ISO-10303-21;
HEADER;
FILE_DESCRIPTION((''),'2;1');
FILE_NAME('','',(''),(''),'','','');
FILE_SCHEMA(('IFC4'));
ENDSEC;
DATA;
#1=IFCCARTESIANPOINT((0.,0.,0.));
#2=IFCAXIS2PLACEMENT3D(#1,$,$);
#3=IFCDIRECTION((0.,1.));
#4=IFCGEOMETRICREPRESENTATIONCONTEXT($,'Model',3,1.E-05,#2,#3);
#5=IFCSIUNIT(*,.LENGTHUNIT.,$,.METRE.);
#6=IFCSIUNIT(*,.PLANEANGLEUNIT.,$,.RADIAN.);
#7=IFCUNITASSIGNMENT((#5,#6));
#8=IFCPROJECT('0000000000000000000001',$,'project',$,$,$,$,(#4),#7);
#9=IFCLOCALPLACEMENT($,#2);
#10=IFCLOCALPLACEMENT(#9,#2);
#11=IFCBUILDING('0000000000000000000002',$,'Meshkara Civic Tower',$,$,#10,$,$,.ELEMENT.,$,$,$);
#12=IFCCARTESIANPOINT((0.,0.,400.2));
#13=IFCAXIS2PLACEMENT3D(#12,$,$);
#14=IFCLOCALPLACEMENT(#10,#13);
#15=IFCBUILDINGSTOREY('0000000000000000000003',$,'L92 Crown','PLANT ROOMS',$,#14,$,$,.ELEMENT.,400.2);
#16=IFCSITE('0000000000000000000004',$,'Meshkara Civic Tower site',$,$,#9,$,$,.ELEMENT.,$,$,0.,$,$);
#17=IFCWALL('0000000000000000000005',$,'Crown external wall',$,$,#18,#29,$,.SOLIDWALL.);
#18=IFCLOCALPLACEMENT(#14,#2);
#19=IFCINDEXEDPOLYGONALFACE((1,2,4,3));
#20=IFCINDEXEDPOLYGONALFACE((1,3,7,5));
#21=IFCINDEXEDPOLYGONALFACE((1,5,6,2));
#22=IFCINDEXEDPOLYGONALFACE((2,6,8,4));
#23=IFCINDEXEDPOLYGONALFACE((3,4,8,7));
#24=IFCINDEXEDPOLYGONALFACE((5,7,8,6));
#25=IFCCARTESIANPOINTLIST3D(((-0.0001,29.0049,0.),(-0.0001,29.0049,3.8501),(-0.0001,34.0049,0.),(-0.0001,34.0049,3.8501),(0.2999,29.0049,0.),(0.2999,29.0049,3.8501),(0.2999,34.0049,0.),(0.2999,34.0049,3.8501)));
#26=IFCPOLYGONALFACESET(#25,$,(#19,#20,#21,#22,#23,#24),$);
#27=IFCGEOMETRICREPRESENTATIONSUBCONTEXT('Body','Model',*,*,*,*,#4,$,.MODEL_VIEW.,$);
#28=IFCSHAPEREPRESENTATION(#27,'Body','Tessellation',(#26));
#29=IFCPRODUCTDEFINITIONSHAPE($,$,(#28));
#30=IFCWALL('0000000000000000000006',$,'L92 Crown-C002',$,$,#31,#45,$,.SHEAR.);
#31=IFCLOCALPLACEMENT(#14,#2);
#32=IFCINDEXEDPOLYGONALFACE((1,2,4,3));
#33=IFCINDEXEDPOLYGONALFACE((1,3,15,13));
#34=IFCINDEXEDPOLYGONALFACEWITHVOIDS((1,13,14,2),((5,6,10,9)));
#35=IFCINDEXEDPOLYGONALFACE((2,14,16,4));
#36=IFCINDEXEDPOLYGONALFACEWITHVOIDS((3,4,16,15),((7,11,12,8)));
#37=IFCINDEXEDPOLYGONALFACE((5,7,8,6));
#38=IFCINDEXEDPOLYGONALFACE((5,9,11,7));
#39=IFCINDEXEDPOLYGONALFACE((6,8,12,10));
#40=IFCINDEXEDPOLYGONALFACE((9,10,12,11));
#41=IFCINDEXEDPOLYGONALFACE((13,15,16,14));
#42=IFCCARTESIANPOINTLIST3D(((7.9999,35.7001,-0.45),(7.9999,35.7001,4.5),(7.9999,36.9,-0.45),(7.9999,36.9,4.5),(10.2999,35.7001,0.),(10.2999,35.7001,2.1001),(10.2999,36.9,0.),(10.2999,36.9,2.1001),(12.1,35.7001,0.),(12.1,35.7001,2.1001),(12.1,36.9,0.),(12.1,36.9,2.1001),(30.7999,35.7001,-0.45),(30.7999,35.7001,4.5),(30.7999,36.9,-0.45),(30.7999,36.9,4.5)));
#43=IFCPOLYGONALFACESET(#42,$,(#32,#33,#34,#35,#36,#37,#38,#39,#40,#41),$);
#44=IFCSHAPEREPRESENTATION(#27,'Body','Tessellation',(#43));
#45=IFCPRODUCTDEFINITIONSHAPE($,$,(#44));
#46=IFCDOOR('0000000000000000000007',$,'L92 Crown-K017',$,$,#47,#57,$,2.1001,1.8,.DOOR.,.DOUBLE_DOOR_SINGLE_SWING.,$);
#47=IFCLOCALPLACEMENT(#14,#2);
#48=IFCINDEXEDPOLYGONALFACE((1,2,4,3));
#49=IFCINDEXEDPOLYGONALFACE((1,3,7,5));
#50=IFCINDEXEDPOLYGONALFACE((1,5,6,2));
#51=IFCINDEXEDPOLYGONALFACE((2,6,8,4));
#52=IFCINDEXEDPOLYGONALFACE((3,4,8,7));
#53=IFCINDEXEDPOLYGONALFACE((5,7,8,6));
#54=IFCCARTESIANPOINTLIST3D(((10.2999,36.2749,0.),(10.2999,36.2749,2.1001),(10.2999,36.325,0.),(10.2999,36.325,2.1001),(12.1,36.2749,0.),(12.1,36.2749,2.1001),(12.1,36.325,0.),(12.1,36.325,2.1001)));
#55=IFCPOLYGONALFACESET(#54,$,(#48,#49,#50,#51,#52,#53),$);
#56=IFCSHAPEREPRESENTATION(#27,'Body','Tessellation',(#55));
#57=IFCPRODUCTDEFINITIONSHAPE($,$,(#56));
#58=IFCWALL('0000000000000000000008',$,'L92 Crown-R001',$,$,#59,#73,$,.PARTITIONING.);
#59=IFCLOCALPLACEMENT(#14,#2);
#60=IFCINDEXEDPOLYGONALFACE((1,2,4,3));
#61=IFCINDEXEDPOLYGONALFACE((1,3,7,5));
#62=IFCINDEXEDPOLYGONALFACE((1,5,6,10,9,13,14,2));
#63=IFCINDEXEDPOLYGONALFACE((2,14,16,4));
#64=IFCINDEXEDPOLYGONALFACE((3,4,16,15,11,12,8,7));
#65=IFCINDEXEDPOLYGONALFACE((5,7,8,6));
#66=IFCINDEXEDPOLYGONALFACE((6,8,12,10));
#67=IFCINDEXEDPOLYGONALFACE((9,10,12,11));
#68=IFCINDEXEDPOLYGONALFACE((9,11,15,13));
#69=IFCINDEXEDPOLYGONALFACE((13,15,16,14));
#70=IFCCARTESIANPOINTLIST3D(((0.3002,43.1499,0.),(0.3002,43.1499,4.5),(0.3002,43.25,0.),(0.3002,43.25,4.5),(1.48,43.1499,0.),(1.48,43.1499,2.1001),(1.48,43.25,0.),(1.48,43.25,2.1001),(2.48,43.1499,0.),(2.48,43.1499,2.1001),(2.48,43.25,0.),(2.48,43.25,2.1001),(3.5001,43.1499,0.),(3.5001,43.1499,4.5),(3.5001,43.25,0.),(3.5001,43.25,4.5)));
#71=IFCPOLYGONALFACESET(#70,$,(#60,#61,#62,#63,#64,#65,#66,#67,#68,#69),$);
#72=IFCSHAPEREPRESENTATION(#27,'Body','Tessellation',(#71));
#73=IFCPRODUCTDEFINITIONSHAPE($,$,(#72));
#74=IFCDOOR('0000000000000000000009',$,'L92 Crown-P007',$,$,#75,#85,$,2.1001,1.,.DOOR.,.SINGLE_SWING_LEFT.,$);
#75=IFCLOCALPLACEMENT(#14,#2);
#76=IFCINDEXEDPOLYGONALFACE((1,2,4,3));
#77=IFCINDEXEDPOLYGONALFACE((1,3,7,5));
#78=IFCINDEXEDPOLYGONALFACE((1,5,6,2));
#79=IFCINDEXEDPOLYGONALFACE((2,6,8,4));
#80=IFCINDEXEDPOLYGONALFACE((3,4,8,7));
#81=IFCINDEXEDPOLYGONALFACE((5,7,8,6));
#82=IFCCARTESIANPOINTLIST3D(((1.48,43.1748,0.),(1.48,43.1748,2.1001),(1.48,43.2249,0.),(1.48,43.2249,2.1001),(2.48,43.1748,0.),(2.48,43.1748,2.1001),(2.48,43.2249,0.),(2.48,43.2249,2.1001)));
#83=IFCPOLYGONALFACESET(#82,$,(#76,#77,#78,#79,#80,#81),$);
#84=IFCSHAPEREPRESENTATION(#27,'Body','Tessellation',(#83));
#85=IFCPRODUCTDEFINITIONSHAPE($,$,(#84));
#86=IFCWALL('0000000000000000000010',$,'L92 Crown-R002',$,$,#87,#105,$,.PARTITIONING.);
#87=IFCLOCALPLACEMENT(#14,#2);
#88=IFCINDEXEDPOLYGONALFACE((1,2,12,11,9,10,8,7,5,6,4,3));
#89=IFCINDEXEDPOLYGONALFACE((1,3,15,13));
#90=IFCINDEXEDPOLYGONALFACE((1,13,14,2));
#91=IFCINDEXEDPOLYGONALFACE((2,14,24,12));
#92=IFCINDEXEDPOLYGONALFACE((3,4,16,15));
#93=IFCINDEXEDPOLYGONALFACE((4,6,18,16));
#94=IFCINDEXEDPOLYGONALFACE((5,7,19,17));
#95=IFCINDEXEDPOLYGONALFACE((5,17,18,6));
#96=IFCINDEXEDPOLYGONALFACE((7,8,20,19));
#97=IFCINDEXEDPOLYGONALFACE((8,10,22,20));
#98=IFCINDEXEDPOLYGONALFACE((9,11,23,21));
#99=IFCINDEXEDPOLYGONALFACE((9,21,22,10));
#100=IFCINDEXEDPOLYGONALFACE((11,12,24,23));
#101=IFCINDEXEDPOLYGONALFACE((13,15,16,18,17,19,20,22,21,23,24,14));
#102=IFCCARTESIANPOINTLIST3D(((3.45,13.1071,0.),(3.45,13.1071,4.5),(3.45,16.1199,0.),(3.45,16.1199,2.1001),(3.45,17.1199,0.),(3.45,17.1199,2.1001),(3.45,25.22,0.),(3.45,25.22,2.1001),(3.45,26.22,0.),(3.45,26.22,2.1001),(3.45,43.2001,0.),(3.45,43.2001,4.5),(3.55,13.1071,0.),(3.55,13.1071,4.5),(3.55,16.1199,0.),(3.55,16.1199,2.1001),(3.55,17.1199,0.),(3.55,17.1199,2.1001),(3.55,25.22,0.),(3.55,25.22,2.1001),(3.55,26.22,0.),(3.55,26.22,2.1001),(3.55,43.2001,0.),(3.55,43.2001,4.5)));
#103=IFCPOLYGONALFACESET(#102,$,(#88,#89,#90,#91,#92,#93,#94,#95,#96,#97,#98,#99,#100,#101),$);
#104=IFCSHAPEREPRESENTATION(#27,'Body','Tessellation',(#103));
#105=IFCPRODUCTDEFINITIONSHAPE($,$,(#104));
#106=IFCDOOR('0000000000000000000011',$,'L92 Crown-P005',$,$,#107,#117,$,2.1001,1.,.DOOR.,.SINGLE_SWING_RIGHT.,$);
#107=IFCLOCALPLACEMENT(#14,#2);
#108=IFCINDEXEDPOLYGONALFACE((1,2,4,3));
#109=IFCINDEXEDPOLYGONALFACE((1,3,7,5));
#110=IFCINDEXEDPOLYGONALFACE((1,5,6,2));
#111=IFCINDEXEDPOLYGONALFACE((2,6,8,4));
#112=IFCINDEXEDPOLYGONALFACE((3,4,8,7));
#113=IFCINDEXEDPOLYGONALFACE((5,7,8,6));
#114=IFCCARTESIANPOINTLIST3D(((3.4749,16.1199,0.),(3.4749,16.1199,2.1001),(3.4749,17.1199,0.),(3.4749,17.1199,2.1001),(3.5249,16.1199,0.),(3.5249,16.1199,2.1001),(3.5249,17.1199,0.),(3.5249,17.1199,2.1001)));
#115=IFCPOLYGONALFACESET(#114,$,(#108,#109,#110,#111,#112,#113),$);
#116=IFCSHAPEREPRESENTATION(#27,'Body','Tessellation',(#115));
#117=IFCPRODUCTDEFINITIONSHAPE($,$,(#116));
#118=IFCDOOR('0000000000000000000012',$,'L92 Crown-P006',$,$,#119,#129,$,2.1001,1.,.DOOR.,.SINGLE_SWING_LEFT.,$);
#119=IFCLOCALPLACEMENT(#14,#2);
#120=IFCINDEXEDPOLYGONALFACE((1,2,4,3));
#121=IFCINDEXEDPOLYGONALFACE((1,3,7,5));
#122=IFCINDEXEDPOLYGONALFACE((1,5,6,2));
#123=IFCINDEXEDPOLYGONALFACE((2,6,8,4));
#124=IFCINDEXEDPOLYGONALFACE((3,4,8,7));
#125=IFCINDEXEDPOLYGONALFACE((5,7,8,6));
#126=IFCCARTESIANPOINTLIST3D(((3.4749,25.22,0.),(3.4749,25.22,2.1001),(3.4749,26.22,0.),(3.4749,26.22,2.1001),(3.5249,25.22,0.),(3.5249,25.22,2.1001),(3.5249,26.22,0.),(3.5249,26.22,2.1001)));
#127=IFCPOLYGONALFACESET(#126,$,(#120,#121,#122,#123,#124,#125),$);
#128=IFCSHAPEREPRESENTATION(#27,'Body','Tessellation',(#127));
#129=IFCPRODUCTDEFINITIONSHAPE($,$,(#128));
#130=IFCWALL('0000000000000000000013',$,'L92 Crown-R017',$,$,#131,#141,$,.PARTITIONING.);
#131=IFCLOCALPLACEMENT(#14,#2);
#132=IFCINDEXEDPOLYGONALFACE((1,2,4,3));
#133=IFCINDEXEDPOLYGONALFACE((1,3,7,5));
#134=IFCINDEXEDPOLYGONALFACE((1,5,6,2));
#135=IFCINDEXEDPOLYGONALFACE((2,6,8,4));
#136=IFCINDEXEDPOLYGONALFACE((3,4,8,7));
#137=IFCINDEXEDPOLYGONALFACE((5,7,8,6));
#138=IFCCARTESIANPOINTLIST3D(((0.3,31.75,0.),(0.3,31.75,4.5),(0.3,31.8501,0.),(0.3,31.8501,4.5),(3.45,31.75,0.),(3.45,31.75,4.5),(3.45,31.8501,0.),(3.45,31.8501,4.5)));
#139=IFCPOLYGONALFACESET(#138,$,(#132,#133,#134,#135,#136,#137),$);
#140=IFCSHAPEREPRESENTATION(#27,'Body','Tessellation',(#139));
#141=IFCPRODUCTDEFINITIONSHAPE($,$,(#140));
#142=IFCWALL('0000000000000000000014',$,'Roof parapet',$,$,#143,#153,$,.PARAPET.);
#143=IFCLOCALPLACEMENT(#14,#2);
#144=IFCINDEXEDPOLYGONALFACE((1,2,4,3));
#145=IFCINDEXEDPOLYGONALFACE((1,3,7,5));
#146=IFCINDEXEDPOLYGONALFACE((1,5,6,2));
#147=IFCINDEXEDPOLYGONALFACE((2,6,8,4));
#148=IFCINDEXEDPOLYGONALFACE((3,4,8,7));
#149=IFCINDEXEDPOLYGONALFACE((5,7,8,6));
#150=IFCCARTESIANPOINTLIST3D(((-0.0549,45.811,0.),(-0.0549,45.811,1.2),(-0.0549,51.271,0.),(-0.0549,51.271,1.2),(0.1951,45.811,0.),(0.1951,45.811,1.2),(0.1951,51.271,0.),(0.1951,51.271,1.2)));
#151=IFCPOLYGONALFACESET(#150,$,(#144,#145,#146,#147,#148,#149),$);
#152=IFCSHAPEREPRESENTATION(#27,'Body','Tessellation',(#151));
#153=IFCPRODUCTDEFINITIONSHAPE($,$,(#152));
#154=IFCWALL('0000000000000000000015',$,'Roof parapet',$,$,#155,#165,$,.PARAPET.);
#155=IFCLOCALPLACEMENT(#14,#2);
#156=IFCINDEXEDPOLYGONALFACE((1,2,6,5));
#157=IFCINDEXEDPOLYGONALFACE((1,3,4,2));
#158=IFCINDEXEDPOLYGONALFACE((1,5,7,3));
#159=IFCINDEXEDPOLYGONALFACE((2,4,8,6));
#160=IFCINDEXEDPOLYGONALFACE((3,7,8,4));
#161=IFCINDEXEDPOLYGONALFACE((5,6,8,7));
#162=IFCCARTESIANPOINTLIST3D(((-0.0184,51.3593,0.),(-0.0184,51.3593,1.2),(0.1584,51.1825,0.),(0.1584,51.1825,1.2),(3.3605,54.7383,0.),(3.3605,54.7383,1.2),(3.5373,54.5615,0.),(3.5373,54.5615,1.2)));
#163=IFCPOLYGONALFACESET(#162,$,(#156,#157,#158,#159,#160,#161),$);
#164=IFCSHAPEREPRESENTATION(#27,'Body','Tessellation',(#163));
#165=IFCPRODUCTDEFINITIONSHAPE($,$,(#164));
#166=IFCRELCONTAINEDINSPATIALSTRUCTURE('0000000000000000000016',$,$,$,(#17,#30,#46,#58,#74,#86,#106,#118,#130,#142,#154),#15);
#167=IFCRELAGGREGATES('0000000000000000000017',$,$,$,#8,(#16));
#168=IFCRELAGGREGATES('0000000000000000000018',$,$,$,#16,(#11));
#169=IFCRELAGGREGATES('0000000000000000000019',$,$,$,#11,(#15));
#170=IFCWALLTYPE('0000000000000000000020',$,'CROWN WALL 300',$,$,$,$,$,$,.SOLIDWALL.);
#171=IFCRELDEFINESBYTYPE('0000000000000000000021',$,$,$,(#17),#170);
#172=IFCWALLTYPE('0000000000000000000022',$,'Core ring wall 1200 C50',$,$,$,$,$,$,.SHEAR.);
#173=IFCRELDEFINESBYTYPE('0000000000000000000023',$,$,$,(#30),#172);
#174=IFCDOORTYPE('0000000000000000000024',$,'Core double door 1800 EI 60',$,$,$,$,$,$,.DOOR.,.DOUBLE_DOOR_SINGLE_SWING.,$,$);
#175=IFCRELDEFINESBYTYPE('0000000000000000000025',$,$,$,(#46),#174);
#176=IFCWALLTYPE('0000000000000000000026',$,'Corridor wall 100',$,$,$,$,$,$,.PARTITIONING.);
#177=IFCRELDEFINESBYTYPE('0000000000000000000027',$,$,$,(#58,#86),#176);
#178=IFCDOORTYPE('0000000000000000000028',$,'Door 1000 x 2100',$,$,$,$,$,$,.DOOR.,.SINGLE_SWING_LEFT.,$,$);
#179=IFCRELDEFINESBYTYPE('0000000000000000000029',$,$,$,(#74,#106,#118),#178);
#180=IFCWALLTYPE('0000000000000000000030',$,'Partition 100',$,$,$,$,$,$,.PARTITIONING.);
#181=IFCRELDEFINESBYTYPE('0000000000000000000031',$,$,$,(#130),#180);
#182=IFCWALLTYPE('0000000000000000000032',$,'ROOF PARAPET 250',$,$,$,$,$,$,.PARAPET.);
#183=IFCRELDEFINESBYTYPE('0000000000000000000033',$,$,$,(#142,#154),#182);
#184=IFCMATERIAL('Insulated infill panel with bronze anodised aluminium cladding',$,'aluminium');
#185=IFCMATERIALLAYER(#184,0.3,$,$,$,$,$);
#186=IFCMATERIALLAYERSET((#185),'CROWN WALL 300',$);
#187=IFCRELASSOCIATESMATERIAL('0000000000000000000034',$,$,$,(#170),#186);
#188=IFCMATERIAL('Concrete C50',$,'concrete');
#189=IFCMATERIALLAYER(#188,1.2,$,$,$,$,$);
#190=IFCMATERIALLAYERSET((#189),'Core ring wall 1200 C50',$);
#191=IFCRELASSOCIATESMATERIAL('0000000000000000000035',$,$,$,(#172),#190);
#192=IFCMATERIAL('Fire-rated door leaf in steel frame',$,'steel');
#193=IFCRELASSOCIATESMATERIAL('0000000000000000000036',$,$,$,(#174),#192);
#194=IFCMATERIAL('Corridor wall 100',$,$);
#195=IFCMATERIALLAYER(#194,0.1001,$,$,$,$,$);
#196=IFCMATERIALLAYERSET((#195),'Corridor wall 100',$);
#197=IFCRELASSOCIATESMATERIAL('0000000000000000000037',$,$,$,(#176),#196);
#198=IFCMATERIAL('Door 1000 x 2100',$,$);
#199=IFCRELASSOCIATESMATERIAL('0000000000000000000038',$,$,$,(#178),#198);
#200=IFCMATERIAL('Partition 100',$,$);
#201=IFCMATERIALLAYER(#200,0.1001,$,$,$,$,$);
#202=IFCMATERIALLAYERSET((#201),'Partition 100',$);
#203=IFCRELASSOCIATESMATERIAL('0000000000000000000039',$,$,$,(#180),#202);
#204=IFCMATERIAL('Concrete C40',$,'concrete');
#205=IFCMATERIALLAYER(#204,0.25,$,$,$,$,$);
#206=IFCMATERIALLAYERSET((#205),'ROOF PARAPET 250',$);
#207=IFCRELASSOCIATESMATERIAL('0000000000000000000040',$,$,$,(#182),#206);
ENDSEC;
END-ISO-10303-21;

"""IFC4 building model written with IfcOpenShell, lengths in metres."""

from ifc_helpers import new_model, si_unit, direction, frame, frame_2d, origin, place, context, subcontext, project, spatial, rectangle, extrude, material, layer, layer_set, type_object, element, fill, save


model = new_model("IFC4")

# Units and contexts
model_context = context("Model", 3, precision=1e-05, world=origin(), true_north=direction((0.0, 1.0)))
body_context = subcontext(model_context, "Body", "Model", "MODEL_VIEW")
ifc_project = project(units=[si_unit("LENGTHUNIT", "METRE"), si_unit("PLANEANGLEUNIT", "RADIAN")], contexts=[model_context])

# Site, building, storey
site_placement = place(None, origin())
site = spatial("IfcSite", under=ifc_project, at=site_placement, Name="Meshkara Civic Tower site", CompositionType="ELEMENT", RefElevation=0.0)
building_placement = place(site_placement, origin())
building = spatial("IfcBuilding", under=site, at=building_placement, Name="Meshkara Civic Tower", CompositionType="ELEMENT")
storey_placement = place(building_placement, frame((0.0, 0.0, 400.2)))
storey = spatial("IfcBuildingStorey", under=building, at=storey_placement, Name="L92 Crown", Description="PLANT ROOMS", CompositionType="ELEMENT", Elevation=400.2)

# Shared definitions
ifc_material_1 = material(Name="Insulated infill panel with bronze anodised aluminium cladding", Category="aluminium")
ifc_layer_1 = layer(ifc_material_1, 0.3)
ifc_layer_set_1 = layer_set([ifc_layer_1], Name="CROWN WALL 300")
wall_type_1 = type_object("IfcWallType", Name="CROWN WALL 300", PredefinedType="SOLIDWALL", material=ifc_layer_set_1)

# Wall
for number, where, z_axis, x_axis, name in (
    (1, (0.1499, 34.0049, 0.0), (0.0, 0.0, 1.0), (0.0, -1.0, 0.0), "Crown external wall"),
):
    element("IfcWall", number, at=place(storey_placement, frame(where, z_axis=z_axis, x_axis=x_axis)), inside=storey, type_object=wall_type_1, Name=name, PredefinedType="SOLIDWALL", context=body_context, shape_type="SweptSolid", body=[
        extrude(rectangle(XDim=5.0, YDim=0.3, at=frame_2d((2.5, 0.0))), origin(), (0.0, 0.0, 1.0), 3.8501),
    ])

# Walls, openings, doors
ifc_material_2 = material(Name="Concrete C50", Category="concrete")
ifc_layer_2 = layer(ifc_material_2, 1.2)
ifc_layer_set_2 = layer_set([ifc_layer_2], Name="Core ring wall 1200 C50")
wall_type_2 = type_object("IfcWallType", Name="Core ring wall 1200 C50", PredefinedType="SHEAR", material=ifc_layer_set_2)
wall_1_placement = place(storey_placement, frame((8.0, 36.3, -0.45), z_axis=(0.0, 0.0, 1.0), x_axis=(1.0, 0.0, 0.0)))
wall_1 = element("IfcWall", 2, at=wall_1_placement, inside=storey, type_object=wall_type_2, Name="L92 Crown-C002", PredefinedType="SHEAR", context=body_context, shape_type="SweptSolid", body=[
    extrude(rectangle(XDim=22.8, YDim=1.2, at=frame_2d((11.3999, 0.0))), origin(), (0.0, 0.0, 1.0), 4.95),
])
opening_1_placement = place(wall_1_placement, frame((2.3, 0.0, 0.45)))
opening_1 = element("IfcOpeningElement", 3, at=opening_1_placement, cuts=wall_1, PredefinedType="OPENING", context=body_context, shape_type="SweptSolid", body=[
    extrude(rectangle(XDim=1.8, YDim=2.1001, at=frame_2d((0.8999, 1.05))), frame((0.0, 0.6099, 0.0), z_axis=(0.0, -1.0, 0.0), x_axis=(1.0, 0.0, 0.0)), (0.0, 0.0, 1.0), 1.22),
])
ifc_material_3 = material(Name="Fire-rated door leaf in steel frame", Category="steel")
door_type_1 = type_object("IfcDoorType", Name="Core double door 1800 EI 60", OperationType="DOUBLE_DOOR_SINGLE_SWING", PredefinedType="DOOR", material=ifc_material_3)
door_1_placement = place(opening_1_placement, origin())
door_1 = element("IfcDoor", 4, at=door_1_placement, inside=storey, type_object=door_type_1, Name="L92 Crown-K017", OperationType="DOUBLE_DOOR_SINGLE_SWING", OverallHeight=2.1001, OverallWidth=1.8, PredefinedType="DOOR", context=body_context, shape_type="SweptSolid", body=[
    extrude(rectangle(XDim=1.8, YDim=2.1001, at=frame_2d((0.8999, 1.05))), frame((0.0, 0.0249, 0.0), z_axis=(0.0, -1.0, 0.0), x_axis=(1.0, 0.0, 0.0)), (0.0, 0.0, 1.0), 0.05),
])
fill(opening_1, door_1)
ifc_material_4 = material(Name="Corridor wall 100")
ifc_layer_3 = layer(ifc_material_4, 0.1001)
ifc_layer_set_3 = layer_set([ifc_layer_3], Name="Corridor wall 100")
wall_type_3 = type_object("IfcWallType", Name="Corridor wall 100", PredefinedType="PARTITIONING", material=ifc_layer_set_3)
wall_2_placement = place(storey_placement, frame((0.3, 43.2, 0.0), z_axis=(0.0, 0.0, 1.0), x_axis=(1.0, 0.0, 0.0)))
wall_2 = element("IfcWall", 5, at=wall_2_placement, inside=storey, type_object=wall_type_3, Name="L92 Crown-R001", PredefinedType="PARTITIONING", context=body_context, shape_type="SweptSolid", body=[
    extrude(rectangle(XDim=3.2, YDim=0.1001, at=frame_2d((1.6001, 0.0))), origin(), (0.0, 0.0, 1.0), 4.5),
])
opening_2_placement = place(wall_2_placement, frame((1.1799, 0.0, 0.0)))
opening_2 = element("IfcOpeningElement", 6, at=opening_2_placement, cuts=wall_2, PredefinedType="OPENING", context=body_context, shape_type="SweptSolid", body=[
    extrude(rectangle(XDim=1.0, YDim=2.1001, at=frame_2d((0.5, 1.05))), frame((0.0, 0.0601, 0.0), z_axis=(0.0, -1.0, 0.0), x_axis=(1.0, 0.0, 0.0)), (0.0, 0.0, 1.0), 0.1201),
])
ifc_material_5 = material(Name="Door 1000 x 2100")
door_type_2 = type_object("IfcDoorType", Name="Door 1000 x 2100", OperationType="SINGLE_SWING_LEFT", PredefinedType="DOOR", material=ifc_material_5)
door_2_placement = place(opening_2_placement, origin())
door_2 = element("IfcDoor", 7, at=door_2_placement, inside=storey, type_object=door_type_2, Name="L92 Crown-P007", OperationType="SINGLE_SWING_LEFT", OverallHeight=2.1001, OverallWidth=1.0, PredefinedType="DOOR", context=body_context, shape_type="SweptSolid", body=[
    extrude(rectangle(XDim=1.0, YDim=2.1001, at=frame_2d((0.5, 1.05))), frame((0.0, 0.0249, 0.0), z_axis=(0.0, -1.0, 0.0), x_axis=(1.0, 0.0, 0.0)), (0.0, 0.0, 1.0), 0.05),
])
fill(opening_2, door_2)

# Wall, openings, doors
wall_3_placement = place(storey_placement, frame((3.5, 43.2, 0.0), z_axis=(0.0, 0.0, 1.0), x_axis=(0.0, -1.0, 0.0)))
wall_3 = element("IfcWall", 8, at=wall_3_placement, inside=storey, type_object=wall_type_3, Name="L92 Crown-R002", PredefinedType="PARTITIONING", context=body_context, shape_type="SweptSolid", body=[
    extrude(rectangle(XDim=30.093, YDim=0.1001, at=frame_2d((15.0464, 0.0))), origin(), (0.0, 0.0, 1.0), 4.5),
])
opening_3_placement = place(wall_3_placement, frame((26.0801, 0.0, 0.0)))
opening_3 = element("IfcOpeningElement", 9, at=opening_3_placement, cuts=wall_3, PredefinedType="OPENING", context=body_context, shape_type="SweptSolid", body=[
    extrude(rectangle(XDim=1.0, YDim=2.1001, at=frame_2d((0.5, 1.05))), frame((0.0, 0.0601, 0.0), z_axis=(0.0, -1.0, 0.0), x_axis=(1.0, 0.0, 0.0)), (0.0, 0.0, 1.0), 0.1201),
])
opening_4_placement = place(wall_3_placement, frame((16.98, 0.0, 0.0)))
opening_4 = element("IfcOpeningElement", 10, at=opening_4_placement, cuts=wall_3, PredefinedType="OPENING", context=body_context, shape_type="SweptSolid", body=[
    extrude(rectangle(XDim=1.0, YDim=2.1001, at=frame_2d((0.5, 1.05))), frame((0.0, 0.0601, 0.0), z_axis=(0.0, -1.0, 0.0), x_axis=(1.0, 0.0, 0.0)), (0.0, 0.0, 1.0), 0.1201),
])
door_3_placement = place(opening_3_placement, origin())
door_3 = element("IfcDoor", 11, at=door_3_placement, inside=storey, type_object=door_type_2, Name="L92 Crown-P005", OperationType="SINGLE_SWING_RIGHT", OverallHeight=2.1001, OverallWidth=1.0, PredefinedType="DOOR", context=body_context, shape_type="SweptSolid", body=[
    extrude(rectangle(XDim=1.0, YDim=2.1001, at=frame_2d((0.5, 1.05))), frame((0.0, 0.0249, 0.0), z_axis=(0.0, -1.0, 0.0), x_axis=(1.0, 0.0, 0.0)), (0.0, 0.0, 1.0), 0.05),
])
fill(opening_3, door_3)
door_4_placement = place(opening_4_placement, origin())
door_4 = element("IfcDoor", 12, at=door_4_placement, inside=storey, type_object=door_type_2, Name="L92 Crown-P006", OperationType="SINGLE_SWING_LEFT", OverallHeight=2.1001, OverallWidth=1.0, PredefinedType="DOOR", context=body_context, shape_type="SweptSolid", body=[
    extrude(rectangle(XDim=1.0, YDim=2.1001, at=frame_2d((0.5, 1.05))), frame((0.0, 0.0249, 0.0), z_axis=(0.0, -1.0, 0.0), x_axis=(1.0, 0.0, 0.0)), (0.0, 0.0, 1.0), 0.05),
])
fill(opening_4, door_4)

# Walls
ifc_material_6 = material(Name="Partition 100")
ifc_layer_4 = layer(ifc_material_6, 0.1001)
ifc_layer_set_4 = layer_set([ifc_layer_4], Name="Partition 100")
wall_type_4 = type_object("IfcWallType", Name="Partition 100", PredefinedType="PARTITIONING", material=ifc_layer_set_4)
wall_4_placement = place(storey_placement, frame((3.45, 31.8, 0.0), z_axis=(0.0, 0.0, 1.0), x_axis=(-1.0, 0.0, 0.0)))
element("IfcWall", 13, at=wall_4_placement, inside=storey, type_object=wall_type_4, Name="L92 Crown-R017", PredefinedType="PARTITIONING", context=body_context, shape_type="SweptSolid", body=[
    extrude(rectangle(XDim=3.1499, YDim=0.1001, at=frame_2d((1.575, 0.0))), origin(), (0.0, 0.0, 1.0), 4.5),
])
ifc_material_7 = material(Name="Concrete C40", Category="concrete")
ifc_layer_5 = layer(ifc_material_7, 0.25)
ifc_layer_set_5 = layer_set([ifc_layer_5], Name="ROOF PARAPET 250")
wall_type_5 = type_object("IfcWallType", Name="ROOF PARAPET 250", PredefinedType="PARAPET", material=ifc_layer_set_5)
wall_5_placement = place(storey_placement, frame((0.0701, 45.811, 0.0), z_axis=(0.0, 0.0, 1.0), x_axis=(0.0, 1.0, 0.0)))
element("IfcWall", 14, at=wall_5_placement, inside=storey, type_object=wall_type_5, Name="Roof parapet", PredefinedType="PARAPET", context=body_context, shape_type="SweptSolid", body=[
    extrude(rectangle(XDim=5.46, YDim=0.25, at=frame_2d((2.73, 0.0))), origin(), (0.0, 0.0, 1.0), 1.2),
])
wall_6_placement = place(storey_placement, frame((0.0701, 51.271, 0.0), z_axis=(0.0, 0.0, 1.0), x_axis=(0.707107, 0.707107, 0.0)))
element("IfcWall", 15, at=wall_6_placement, inside=storey, type_object=wall_type_5, Name="Roof parapet", PredefinedType="PARAPET", context=body_context, shape_type="SweptSolid", body=[
    extrude(rectangle(XDim=4.7786, YDim=0.25, at=frame_2d((2.3892, 0.0))), origin(), (0.0, 0.0, 1.0), 1.2),
])

save(model, "model.ifc")
